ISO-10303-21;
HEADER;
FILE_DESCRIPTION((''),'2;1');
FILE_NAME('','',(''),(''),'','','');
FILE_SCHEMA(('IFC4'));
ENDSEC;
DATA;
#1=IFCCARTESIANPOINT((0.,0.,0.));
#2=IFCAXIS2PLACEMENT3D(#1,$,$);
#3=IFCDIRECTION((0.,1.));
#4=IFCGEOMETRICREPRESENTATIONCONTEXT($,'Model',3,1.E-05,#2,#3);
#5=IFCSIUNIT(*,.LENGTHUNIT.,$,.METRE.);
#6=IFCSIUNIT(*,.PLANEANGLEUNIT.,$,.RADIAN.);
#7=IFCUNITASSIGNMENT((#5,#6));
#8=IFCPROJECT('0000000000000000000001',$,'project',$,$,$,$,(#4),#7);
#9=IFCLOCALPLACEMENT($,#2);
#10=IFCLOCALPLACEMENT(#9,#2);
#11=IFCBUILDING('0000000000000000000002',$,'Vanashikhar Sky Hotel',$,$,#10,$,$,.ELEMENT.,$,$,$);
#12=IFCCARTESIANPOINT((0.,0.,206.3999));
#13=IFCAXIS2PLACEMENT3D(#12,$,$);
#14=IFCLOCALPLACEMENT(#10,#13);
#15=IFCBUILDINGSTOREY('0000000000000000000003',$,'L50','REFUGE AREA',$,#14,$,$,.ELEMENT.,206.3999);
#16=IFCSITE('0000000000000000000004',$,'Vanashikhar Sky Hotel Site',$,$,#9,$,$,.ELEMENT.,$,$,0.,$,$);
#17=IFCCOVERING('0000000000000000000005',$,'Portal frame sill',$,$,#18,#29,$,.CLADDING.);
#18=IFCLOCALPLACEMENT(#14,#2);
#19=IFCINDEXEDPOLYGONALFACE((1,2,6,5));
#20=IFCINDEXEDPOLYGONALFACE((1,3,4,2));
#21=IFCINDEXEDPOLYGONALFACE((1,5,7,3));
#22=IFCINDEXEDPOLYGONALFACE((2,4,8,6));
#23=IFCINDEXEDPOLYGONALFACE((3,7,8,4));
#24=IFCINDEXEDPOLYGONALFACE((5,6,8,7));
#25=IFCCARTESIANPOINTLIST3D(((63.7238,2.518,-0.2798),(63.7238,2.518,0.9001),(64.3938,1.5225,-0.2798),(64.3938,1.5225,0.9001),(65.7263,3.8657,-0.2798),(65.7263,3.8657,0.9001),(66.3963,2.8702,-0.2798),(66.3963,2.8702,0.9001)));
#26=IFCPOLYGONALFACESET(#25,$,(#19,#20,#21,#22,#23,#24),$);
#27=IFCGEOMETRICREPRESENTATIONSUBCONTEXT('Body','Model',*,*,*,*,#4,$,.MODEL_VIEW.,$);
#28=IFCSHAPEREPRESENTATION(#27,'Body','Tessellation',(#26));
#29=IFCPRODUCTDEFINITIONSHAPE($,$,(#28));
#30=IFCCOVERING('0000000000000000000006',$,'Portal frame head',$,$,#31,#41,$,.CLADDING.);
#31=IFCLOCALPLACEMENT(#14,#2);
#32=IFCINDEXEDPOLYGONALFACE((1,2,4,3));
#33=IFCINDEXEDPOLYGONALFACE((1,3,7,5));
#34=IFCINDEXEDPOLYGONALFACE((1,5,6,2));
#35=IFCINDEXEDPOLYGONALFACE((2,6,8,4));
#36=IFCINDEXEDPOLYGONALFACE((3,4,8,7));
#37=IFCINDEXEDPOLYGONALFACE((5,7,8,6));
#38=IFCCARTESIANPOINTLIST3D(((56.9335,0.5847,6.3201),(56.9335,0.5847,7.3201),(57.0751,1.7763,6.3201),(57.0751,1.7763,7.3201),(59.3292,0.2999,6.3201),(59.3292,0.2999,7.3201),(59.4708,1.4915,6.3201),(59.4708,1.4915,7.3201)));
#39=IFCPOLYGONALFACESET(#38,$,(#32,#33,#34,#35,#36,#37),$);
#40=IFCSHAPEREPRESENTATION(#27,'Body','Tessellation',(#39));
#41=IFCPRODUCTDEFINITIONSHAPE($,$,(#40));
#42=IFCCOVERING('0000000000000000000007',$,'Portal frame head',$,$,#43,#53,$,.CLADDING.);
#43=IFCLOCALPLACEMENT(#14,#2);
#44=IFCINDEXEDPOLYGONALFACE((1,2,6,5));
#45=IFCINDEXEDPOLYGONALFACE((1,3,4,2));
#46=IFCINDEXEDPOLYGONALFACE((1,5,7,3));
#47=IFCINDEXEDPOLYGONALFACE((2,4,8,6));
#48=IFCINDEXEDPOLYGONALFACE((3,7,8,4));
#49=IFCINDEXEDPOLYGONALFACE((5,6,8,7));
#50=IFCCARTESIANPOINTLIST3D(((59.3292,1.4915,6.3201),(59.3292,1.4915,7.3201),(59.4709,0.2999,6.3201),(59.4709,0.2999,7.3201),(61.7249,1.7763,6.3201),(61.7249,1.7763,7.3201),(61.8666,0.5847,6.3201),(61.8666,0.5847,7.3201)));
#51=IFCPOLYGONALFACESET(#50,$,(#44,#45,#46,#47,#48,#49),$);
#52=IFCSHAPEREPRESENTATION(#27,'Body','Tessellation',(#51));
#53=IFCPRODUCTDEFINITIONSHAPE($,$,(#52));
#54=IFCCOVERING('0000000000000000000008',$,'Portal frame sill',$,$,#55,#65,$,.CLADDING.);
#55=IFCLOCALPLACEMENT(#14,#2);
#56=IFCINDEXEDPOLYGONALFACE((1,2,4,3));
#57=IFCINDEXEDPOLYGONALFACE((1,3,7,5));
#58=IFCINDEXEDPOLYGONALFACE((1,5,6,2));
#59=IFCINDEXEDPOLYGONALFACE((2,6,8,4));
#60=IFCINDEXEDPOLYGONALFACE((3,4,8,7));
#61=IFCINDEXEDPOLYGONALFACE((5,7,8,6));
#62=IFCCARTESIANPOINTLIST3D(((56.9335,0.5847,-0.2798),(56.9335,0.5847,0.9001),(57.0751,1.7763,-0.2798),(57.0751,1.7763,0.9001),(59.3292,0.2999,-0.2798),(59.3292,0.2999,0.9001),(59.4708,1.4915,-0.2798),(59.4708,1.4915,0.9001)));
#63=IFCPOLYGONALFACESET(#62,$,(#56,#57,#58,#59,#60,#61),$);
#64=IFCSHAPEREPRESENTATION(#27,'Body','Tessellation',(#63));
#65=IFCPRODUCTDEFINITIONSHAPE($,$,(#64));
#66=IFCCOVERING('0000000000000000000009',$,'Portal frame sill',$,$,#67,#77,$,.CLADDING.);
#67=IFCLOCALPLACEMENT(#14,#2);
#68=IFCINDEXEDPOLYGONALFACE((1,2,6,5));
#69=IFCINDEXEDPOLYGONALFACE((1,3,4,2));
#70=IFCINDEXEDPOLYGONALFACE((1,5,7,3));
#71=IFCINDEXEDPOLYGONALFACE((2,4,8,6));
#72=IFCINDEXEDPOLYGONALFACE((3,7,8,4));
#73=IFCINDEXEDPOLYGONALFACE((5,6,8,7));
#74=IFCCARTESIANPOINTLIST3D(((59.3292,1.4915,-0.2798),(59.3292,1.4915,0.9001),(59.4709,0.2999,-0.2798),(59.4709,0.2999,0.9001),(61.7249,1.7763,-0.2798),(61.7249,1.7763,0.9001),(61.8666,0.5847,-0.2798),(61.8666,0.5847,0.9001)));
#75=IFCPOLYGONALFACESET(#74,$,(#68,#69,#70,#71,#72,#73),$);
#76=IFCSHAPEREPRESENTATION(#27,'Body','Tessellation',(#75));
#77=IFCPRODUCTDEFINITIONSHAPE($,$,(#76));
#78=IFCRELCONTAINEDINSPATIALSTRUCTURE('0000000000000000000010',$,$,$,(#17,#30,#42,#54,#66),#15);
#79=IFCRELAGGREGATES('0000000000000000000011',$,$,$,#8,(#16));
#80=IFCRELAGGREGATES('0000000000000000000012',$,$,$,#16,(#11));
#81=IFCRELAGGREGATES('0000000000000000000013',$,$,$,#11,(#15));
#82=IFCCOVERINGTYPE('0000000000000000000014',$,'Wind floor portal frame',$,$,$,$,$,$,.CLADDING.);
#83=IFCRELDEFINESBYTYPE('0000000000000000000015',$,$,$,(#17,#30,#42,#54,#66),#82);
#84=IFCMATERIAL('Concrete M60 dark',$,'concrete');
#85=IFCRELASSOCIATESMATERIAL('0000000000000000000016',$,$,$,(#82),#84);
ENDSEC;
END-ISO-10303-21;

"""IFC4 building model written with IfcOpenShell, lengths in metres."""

from ifc_helpers import new_model, si_unit, direction, frame, origin, origin_2d, place, context, subcontext, project, spatial, rectangle, extrude, source, transform, mapped, material, type_object, element, save


model = new_model("IFC4")

# Units and contexts
model_context = context("Model", 3, precision=1e-05, world=origin(), true_north=direction((0.0, 1.0)))
body_context = subcontext(model_context, "Body", "Model", "MODEL_VIEW")
ifc_project = project(units=[si_unit("LENGTHUNIT", "METRE"), si_unit("PLANEANGLEUNIT", "RADIAN")], contexts=[model_context])

# Site, building, storey
site_placement = place(None, origin())
site = spatial("IfcSite", under=ifc_project, at=site_placement, Name="Vanashikhar Sky Hotel Site", CompositionType="ELEMENT", RefElevation=0.0)
building_placement = place(site_placement, origin())
building = spatial("IfcBuilding", under=site, at=building_placement, Name="Vanashikhar Sky Hotel", CompositionType="ELEMENT")
storey_placement = place(building_placement, frame((0.0, 0.0, 206.3999)))
storey = spatial("IfcBuildingStorey", under=building, at=storey_placement, Name="L50", Description="REFUGE AREA", CompositionType="ELEMENT", Elevation=206.3999)

# Coverings
ifc_material_1 = material(Name="Concrete M60 dark", Category="concrete")
covering_type = type_object("IfcCoveringType", Name="Wind floor portal frame", PredefinedType="CLADDING", material=ifc_material_1)
shared_shape_1 = source(origin(), body_context, "Body", "SweptSolid", [
    extrude(rectangle(XDim=2.4138, YDim=1.2, at=origin_2d()), origin(), (0.0, 0.0, 1.0), 1.1799),
])
for number, where, z_axis, x_axis, name in (
    (1, (65.0601, 2.6941, -0.2798), (0.0, 0.0, 1.0), (0.829603, 0.558353, 0.0), "Portal frame sill"),
):
    element("IfcCovering", number, at=place(storey_placement, frame(where, z_axis=z_axis, x_axis=x_axis)), inside=storey, type_object=covering_type, Name=name, PredefinedType="CLADDING", context=body_context, shape_type="MappedRepresentation", body=[
        mapped(shared_shape_1, transform((0.0, 0.0, 0.0), scale=1.0)),
    ])
shared_shape_2 = source(origin(), body_context, "Body", "SweptSolid", [
    extrude(rectangle(XDim=2.4126, YDim=1.2, at=origin_2d()), origin(), (0.0, 0.0, 1.0), 1.0),
])
for number, where, z_axis, x_axis, name in (
    (2, (58.2021, 1.0381, 6.3201), (0.0, 0.0, 1.0), (0.993009, -0.11804, 0.0), "Portal frame head"),
    (3, (60.5979, 1.0381, 6.3201), (0.0, 0.0, 1.0), (0.993009, 0.11804, 0.0), "Portal frame head"),
):
    element("IfcCovering", number, at=place(storey_placement, frame(where, z_axis=z_axis, x_axis=x_axis)), inside=storey, type_object=covering_type, Name=name, PredefinedType="CLADDING", context=body_context, shape_type="MappedRepresentation", body=[
        mapped(shared_shape_2, transform((0.0, 0.0, 0.0), scale=1.0)),
    ])
shared_shape_3 = source(origin(), body_context, "Body", "SweptSolid", [
    extrude(rectangle(XDim=2.4126, YDim=1.2, at=origin_2d()), origin(), (0.0, 0.0, 1.0), 1.1799),
])
for number, where, z_axis, x_axis, name in (
    (4, (58.2021, 1.0381, -0.2798), (0.0, 0.0, 1.0), (0.993009, -0.11804, 0.0), "Portal frame sill"),
    (5, (60.5979, 1.0381, -0.2798), (0.0, 0.0, 1.0), (0.993009, 0.11804, 0.0), "Portal frame sill"),
):
    element("IfcCovering", number, at=place(storey_placement, frame(where, z_axis=z_axis, x_axis=x_axis)), inside=storey, type_object=covering_type, Name=name, PredefinedType="CLADDING", context=body_context, shape_type="MappedRepresentation", body=[
        mapped(shared_shape_3, transform((0.0, 0.0, 0.0), scale=1.0)),
    ])

save(model, "model.ifc")
